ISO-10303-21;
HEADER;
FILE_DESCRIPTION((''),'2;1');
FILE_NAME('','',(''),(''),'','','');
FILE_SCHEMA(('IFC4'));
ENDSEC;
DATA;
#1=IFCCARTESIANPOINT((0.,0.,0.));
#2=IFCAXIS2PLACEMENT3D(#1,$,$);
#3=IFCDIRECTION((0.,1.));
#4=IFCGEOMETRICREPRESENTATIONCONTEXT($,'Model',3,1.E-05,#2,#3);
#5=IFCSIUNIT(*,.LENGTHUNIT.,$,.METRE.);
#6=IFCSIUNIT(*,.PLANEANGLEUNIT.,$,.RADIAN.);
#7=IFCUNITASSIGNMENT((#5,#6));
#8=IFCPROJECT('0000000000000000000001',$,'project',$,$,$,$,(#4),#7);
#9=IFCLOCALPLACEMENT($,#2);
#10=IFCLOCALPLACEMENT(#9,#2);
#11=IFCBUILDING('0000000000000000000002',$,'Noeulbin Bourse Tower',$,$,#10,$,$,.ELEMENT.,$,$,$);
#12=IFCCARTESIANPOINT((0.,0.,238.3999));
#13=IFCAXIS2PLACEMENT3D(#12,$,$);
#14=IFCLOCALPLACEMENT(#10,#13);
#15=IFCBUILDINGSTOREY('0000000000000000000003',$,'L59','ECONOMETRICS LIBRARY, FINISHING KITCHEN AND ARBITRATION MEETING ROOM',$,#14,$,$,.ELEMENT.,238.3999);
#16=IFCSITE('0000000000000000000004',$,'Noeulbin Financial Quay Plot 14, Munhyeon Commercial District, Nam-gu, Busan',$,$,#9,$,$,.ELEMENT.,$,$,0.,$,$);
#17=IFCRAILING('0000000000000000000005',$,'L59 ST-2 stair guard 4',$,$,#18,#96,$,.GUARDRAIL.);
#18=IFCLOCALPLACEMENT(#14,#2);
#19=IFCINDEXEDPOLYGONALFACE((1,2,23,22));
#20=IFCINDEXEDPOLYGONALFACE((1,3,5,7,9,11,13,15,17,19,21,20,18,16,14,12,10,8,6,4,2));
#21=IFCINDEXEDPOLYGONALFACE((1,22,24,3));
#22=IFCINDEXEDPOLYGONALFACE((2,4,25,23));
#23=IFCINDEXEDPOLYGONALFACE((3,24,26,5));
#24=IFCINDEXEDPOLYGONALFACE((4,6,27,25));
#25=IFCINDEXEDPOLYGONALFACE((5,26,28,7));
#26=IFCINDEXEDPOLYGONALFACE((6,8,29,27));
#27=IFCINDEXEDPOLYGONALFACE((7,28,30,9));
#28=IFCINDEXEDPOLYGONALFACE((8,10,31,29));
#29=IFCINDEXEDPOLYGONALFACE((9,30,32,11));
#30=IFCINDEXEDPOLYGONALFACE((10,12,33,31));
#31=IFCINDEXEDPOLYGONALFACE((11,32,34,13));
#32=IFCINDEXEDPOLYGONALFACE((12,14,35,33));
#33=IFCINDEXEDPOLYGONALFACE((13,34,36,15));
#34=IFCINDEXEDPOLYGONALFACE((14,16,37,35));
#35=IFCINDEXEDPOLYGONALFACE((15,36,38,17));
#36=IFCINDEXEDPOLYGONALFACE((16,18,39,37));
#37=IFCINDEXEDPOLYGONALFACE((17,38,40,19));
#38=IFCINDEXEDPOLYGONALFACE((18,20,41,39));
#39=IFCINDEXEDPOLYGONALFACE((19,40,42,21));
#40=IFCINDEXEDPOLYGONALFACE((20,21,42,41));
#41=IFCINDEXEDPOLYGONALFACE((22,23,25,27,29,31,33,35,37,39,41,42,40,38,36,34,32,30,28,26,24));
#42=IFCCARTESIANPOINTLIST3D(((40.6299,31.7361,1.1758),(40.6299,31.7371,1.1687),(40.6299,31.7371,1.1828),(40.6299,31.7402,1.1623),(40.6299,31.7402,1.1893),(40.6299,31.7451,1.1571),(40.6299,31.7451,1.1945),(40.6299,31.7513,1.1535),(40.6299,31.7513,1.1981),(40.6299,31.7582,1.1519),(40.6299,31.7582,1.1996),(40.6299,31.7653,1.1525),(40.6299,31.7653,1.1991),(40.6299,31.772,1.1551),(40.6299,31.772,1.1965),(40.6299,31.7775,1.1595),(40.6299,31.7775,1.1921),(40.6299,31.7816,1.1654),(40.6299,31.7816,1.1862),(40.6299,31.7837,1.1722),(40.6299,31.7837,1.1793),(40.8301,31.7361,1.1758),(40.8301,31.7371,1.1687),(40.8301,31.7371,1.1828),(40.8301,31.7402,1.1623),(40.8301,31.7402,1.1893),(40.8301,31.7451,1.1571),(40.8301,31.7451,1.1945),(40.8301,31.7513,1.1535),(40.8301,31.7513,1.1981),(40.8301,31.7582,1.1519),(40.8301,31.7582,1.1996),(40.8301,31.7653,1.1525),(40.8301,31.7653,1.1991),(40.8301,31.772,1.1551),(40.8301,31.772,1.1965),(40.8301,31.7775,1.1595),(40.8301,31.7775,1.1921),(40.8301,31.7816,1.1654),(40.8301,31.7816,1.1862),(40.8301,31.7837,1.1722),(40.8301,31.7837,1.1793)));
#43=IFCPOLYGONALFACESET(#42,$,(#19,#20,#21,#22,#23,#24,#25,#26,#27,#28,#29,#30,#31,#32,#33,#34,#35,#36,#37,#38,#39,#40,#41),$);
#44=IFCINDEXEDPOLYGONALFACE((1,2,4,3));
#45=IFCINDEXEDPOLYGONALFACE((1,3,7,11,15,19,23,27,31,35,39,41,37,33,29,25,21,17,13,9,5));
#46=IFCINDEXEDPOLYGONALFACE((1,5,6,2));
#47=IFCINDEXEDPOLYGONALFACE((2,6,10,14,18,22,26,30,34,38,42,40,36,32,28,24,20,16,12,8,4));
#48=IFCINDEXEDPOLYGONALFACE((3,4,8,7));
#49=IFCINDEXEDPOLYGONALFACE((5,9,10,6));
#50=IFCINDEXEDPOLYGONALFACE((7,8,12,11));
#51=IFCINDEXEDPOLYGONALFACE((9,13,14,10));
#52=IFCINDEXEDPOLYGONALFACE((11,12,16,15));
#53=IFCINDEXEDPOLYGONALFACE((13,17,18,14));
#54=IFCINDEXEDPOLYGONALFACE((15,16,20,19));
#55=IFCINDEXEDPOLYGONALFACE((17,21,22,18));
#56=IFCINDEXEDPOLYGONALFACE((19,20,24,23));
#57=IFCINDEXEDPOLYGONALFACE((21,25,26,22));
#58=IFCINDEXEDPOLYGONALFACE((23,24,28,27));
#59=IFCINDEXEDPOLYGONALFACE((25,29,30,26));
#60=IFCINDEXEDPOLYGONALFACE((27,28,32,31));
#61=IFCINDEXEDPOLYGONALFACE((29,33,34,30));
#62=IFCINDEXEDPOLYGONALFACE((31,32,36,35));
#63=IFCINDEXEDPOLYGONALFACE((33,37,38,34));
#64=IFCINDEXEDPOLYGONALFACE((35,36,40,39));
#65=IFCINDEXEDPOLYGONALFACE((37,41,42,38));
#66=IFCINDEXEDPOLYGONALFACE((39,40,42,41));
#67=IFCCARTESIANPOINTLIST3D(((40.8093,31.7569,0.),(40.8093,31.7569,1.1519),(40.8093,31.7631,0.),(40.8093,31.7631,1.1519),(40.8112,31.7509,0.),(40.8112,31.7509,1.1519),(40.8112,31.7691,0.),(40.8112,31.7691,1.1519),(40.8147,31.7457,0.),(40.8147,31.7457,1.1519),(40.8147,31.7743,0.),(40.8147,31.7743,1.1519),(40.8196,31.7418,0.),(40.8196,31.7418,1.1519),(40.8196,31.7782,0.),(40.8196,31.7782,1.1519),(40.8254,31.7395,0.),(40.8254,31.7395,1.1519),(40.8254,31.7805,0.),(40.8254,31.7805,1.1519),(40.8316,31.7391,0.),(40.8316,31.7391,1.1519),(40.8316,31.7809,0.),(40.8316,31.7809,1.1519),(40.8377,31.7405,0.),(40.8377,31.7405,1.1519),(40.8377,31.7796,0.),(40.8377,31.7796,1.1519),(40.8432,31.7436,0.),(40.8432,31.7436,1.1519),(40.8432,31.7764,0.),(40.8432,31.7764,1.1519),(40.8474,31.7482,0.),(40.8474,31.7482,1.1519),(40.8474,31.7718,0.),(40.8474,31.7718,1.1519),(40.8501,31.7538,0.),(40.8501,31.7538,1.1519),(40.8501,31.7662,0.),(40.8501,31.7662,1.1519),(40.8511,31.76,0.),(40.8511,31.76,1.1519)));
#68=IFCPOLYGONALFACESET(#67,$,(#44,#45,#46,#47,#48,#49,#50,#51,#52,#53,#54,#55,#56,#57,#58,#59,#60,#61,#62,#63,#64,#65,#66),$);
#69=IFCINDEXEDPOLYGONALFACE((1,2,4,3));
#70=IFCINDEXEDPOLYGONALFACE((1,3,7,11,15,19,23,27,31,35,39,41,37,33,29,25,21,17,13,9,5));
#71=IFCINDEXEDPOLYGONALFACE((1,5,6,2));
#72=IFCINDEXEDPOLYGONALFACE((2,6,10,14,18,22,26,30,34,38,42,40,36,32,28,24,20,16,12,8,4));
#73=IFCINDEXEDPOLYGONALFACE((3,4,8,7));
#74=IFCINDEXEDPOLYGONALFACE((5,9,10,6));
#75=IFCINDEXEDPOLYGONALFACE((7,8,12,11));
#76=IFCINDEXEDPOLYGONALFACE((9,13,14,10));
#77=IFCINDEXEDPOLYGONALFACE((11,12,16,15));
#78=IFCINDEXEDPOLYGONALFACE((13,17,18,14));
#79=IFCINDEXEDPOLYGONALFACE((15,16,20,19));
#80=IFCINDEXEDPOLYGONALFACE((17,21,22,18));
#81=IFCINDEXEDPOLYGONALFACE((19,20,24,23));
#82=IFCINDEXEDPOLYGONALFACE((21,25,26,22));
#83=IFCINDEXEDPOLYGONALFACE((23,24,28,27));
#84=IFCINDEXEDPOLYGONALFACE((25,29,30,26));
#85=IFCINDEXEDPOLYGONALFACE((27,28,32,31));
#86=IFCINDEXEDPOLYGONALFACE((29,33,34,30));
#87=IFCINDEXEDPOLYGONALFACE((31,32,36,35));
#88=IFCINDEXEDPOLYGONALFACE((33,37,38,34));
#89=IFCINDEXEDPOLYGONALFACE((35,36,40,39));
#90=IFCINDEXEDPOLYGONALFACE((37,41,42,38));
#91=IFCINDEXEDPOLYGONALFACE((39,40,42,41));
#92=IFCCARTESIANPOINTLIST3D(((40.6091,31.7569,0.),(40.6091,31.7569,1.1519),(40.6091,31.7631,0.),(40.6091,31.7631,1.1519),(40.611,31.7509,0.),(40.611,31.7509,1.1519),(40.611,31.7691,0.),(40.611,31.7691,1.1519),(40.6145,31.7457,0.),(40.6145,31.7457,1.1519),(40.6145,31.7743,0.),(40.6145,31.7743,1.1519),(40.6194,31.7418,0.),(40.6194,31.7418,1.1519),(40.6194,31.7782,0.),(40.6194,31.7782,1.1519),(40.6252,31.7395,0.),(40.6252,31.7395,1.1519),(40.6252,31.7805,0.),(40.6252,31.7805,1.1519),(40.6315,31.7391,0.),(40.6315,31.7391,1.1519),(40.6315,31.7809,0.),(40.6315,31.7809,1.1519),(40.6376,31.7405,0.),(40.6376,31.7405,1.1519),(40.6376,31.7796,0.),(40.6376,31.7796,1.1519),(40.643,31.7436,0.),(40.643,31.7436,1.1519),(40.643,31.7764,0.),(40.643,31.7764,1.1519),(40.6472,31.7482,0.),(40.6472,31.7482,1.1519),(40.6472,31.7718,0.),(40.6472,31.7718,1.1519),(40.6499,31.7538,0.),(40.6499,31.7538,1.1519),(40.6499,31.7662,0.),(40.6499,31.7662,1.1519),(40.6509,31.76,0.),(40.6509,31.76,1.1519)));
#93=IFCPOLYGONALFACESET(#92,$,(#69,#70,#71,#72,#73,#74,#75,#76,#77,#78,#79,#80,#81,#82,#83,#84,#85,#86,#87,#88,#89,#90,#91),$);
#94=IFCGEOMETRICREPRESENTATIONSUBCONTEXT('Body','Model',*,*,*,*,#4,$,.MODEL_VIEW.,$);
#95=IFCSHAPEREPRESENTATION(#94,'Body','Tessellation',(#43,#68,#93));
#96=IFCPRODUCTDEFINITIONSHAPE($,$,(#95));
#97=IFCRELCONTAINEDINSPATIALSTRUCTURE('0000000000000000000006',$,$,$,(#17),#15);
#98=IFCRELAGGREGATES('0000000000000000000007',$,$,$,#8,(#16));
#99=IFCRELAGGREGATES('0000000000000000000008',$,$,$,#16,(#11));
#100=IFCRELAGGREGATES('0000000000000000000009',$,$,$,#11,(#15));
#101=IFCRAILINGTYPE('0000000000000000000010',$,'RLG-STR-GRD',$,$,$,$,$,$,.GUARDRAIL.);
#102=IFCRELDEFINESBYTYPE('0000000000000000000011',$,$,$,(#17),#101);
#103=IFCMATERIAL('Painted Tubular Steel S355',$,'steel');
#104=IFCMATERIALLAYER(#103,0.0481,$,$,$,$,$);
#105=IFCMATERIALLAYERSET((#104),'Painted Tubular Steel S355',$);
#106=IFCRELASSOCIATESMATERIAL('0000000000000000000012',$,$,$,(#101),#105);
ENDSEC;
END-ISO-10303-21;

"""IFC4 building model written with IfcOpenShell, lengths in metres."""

from ifc_helpers import new_model, si_unit, direction, frame, origin, origin_2d, place, context, subcontext, project, spatial, circle, extrude, material, layer, layer_set, type_object, element, save


model = new_model("IFC4")

# Units and contexts
model_context = context("Model", 3, precision=1e-05, world=origin(), true_north=direction((0.0, 1.0)))
body_context = subcontext(model_context, "Body", "Model", "MODEL_VIEW")
ifc_project = project(units=[si_unit("LENGTHUNIT", "METRE"), si_unit("PLANEANGLEUNIT", "RADIAN")], contexts=[model_context])

# Site, building, storey
site_placement = place(None, origin())
site = spatial("IfcSite", under=ifc_project, at=site_placement, Name="Noeulbin Financial Quay Plot 14, Munhyeon Commercial District, Nam-gu, Busan", CompositionType="ELEMENT", RefElevation=0.0)
building_placement = place(site_placement, origin())
building = spatial("IfcBuilding", under=site, at=building_placement, Name="Noeulbin Bourse Tower", CompositionType="ELEMENT")
storey_placement = place(building_placement, frame((0.0, 0.0, 238.3999)))
storey = spatial("IfcBuildingStorey", under=building, at=storey_placement, Name="L59", Description="ECONOMETRICS LIBRARY, FINISHING KITCHEN AND ARBITRATION MEETING ROOM", CompositionType="ELEMENT", Elevation=238.3999)

# Railing
ifc_material_1 = material(Name="Painted Tubular Steel S355", Category="steel")
ifc_layer_1 = layer(ifc_material_1, 0.0481)
ifc_layer_set_1 = layer_set([ifc_layer_1], Name="Painted Tubular Steel S355")
railing_type_1 = type_object("IfcRailingType", Name="RLG-STR-GRD", PredefinedType="GUARDRAIL", material=ifc_layer_set_1)
railing_1_placement = place(storey_placement, frame((40.8301, 31.76, 0.0)))
element("IfcRailing", 1, at=railing_1_placement, inside=storey, type_object=railing_type_1, Name="L59 ST-2 stair guard 4", PredefinedType="GUARDRAIL", context=body_context, shape_type="SweptSolid", body=[
    extrude(circle(Radius=0.0239, at=origin_2d()), frame((0.0, 0.0, 1.1758), z_axis=(-1.0, 0.0, 0.0), x_axis=(0.0, -1.0, 0.0)), (0.0, 0.0, 1.0), 0.2002),
    extrude(circle(Radius=0.021, at=origin_2d()), origin(), (0.0, 0.0, 1.0), 1.1519),
    extrude(circle(Radius=0.021, at=origin_2d()), frame((-0.2002, 0.0, 0.0)), (0.0, 0.0, 1.0), 1.1519),
])

save(model, "model.ifc")
